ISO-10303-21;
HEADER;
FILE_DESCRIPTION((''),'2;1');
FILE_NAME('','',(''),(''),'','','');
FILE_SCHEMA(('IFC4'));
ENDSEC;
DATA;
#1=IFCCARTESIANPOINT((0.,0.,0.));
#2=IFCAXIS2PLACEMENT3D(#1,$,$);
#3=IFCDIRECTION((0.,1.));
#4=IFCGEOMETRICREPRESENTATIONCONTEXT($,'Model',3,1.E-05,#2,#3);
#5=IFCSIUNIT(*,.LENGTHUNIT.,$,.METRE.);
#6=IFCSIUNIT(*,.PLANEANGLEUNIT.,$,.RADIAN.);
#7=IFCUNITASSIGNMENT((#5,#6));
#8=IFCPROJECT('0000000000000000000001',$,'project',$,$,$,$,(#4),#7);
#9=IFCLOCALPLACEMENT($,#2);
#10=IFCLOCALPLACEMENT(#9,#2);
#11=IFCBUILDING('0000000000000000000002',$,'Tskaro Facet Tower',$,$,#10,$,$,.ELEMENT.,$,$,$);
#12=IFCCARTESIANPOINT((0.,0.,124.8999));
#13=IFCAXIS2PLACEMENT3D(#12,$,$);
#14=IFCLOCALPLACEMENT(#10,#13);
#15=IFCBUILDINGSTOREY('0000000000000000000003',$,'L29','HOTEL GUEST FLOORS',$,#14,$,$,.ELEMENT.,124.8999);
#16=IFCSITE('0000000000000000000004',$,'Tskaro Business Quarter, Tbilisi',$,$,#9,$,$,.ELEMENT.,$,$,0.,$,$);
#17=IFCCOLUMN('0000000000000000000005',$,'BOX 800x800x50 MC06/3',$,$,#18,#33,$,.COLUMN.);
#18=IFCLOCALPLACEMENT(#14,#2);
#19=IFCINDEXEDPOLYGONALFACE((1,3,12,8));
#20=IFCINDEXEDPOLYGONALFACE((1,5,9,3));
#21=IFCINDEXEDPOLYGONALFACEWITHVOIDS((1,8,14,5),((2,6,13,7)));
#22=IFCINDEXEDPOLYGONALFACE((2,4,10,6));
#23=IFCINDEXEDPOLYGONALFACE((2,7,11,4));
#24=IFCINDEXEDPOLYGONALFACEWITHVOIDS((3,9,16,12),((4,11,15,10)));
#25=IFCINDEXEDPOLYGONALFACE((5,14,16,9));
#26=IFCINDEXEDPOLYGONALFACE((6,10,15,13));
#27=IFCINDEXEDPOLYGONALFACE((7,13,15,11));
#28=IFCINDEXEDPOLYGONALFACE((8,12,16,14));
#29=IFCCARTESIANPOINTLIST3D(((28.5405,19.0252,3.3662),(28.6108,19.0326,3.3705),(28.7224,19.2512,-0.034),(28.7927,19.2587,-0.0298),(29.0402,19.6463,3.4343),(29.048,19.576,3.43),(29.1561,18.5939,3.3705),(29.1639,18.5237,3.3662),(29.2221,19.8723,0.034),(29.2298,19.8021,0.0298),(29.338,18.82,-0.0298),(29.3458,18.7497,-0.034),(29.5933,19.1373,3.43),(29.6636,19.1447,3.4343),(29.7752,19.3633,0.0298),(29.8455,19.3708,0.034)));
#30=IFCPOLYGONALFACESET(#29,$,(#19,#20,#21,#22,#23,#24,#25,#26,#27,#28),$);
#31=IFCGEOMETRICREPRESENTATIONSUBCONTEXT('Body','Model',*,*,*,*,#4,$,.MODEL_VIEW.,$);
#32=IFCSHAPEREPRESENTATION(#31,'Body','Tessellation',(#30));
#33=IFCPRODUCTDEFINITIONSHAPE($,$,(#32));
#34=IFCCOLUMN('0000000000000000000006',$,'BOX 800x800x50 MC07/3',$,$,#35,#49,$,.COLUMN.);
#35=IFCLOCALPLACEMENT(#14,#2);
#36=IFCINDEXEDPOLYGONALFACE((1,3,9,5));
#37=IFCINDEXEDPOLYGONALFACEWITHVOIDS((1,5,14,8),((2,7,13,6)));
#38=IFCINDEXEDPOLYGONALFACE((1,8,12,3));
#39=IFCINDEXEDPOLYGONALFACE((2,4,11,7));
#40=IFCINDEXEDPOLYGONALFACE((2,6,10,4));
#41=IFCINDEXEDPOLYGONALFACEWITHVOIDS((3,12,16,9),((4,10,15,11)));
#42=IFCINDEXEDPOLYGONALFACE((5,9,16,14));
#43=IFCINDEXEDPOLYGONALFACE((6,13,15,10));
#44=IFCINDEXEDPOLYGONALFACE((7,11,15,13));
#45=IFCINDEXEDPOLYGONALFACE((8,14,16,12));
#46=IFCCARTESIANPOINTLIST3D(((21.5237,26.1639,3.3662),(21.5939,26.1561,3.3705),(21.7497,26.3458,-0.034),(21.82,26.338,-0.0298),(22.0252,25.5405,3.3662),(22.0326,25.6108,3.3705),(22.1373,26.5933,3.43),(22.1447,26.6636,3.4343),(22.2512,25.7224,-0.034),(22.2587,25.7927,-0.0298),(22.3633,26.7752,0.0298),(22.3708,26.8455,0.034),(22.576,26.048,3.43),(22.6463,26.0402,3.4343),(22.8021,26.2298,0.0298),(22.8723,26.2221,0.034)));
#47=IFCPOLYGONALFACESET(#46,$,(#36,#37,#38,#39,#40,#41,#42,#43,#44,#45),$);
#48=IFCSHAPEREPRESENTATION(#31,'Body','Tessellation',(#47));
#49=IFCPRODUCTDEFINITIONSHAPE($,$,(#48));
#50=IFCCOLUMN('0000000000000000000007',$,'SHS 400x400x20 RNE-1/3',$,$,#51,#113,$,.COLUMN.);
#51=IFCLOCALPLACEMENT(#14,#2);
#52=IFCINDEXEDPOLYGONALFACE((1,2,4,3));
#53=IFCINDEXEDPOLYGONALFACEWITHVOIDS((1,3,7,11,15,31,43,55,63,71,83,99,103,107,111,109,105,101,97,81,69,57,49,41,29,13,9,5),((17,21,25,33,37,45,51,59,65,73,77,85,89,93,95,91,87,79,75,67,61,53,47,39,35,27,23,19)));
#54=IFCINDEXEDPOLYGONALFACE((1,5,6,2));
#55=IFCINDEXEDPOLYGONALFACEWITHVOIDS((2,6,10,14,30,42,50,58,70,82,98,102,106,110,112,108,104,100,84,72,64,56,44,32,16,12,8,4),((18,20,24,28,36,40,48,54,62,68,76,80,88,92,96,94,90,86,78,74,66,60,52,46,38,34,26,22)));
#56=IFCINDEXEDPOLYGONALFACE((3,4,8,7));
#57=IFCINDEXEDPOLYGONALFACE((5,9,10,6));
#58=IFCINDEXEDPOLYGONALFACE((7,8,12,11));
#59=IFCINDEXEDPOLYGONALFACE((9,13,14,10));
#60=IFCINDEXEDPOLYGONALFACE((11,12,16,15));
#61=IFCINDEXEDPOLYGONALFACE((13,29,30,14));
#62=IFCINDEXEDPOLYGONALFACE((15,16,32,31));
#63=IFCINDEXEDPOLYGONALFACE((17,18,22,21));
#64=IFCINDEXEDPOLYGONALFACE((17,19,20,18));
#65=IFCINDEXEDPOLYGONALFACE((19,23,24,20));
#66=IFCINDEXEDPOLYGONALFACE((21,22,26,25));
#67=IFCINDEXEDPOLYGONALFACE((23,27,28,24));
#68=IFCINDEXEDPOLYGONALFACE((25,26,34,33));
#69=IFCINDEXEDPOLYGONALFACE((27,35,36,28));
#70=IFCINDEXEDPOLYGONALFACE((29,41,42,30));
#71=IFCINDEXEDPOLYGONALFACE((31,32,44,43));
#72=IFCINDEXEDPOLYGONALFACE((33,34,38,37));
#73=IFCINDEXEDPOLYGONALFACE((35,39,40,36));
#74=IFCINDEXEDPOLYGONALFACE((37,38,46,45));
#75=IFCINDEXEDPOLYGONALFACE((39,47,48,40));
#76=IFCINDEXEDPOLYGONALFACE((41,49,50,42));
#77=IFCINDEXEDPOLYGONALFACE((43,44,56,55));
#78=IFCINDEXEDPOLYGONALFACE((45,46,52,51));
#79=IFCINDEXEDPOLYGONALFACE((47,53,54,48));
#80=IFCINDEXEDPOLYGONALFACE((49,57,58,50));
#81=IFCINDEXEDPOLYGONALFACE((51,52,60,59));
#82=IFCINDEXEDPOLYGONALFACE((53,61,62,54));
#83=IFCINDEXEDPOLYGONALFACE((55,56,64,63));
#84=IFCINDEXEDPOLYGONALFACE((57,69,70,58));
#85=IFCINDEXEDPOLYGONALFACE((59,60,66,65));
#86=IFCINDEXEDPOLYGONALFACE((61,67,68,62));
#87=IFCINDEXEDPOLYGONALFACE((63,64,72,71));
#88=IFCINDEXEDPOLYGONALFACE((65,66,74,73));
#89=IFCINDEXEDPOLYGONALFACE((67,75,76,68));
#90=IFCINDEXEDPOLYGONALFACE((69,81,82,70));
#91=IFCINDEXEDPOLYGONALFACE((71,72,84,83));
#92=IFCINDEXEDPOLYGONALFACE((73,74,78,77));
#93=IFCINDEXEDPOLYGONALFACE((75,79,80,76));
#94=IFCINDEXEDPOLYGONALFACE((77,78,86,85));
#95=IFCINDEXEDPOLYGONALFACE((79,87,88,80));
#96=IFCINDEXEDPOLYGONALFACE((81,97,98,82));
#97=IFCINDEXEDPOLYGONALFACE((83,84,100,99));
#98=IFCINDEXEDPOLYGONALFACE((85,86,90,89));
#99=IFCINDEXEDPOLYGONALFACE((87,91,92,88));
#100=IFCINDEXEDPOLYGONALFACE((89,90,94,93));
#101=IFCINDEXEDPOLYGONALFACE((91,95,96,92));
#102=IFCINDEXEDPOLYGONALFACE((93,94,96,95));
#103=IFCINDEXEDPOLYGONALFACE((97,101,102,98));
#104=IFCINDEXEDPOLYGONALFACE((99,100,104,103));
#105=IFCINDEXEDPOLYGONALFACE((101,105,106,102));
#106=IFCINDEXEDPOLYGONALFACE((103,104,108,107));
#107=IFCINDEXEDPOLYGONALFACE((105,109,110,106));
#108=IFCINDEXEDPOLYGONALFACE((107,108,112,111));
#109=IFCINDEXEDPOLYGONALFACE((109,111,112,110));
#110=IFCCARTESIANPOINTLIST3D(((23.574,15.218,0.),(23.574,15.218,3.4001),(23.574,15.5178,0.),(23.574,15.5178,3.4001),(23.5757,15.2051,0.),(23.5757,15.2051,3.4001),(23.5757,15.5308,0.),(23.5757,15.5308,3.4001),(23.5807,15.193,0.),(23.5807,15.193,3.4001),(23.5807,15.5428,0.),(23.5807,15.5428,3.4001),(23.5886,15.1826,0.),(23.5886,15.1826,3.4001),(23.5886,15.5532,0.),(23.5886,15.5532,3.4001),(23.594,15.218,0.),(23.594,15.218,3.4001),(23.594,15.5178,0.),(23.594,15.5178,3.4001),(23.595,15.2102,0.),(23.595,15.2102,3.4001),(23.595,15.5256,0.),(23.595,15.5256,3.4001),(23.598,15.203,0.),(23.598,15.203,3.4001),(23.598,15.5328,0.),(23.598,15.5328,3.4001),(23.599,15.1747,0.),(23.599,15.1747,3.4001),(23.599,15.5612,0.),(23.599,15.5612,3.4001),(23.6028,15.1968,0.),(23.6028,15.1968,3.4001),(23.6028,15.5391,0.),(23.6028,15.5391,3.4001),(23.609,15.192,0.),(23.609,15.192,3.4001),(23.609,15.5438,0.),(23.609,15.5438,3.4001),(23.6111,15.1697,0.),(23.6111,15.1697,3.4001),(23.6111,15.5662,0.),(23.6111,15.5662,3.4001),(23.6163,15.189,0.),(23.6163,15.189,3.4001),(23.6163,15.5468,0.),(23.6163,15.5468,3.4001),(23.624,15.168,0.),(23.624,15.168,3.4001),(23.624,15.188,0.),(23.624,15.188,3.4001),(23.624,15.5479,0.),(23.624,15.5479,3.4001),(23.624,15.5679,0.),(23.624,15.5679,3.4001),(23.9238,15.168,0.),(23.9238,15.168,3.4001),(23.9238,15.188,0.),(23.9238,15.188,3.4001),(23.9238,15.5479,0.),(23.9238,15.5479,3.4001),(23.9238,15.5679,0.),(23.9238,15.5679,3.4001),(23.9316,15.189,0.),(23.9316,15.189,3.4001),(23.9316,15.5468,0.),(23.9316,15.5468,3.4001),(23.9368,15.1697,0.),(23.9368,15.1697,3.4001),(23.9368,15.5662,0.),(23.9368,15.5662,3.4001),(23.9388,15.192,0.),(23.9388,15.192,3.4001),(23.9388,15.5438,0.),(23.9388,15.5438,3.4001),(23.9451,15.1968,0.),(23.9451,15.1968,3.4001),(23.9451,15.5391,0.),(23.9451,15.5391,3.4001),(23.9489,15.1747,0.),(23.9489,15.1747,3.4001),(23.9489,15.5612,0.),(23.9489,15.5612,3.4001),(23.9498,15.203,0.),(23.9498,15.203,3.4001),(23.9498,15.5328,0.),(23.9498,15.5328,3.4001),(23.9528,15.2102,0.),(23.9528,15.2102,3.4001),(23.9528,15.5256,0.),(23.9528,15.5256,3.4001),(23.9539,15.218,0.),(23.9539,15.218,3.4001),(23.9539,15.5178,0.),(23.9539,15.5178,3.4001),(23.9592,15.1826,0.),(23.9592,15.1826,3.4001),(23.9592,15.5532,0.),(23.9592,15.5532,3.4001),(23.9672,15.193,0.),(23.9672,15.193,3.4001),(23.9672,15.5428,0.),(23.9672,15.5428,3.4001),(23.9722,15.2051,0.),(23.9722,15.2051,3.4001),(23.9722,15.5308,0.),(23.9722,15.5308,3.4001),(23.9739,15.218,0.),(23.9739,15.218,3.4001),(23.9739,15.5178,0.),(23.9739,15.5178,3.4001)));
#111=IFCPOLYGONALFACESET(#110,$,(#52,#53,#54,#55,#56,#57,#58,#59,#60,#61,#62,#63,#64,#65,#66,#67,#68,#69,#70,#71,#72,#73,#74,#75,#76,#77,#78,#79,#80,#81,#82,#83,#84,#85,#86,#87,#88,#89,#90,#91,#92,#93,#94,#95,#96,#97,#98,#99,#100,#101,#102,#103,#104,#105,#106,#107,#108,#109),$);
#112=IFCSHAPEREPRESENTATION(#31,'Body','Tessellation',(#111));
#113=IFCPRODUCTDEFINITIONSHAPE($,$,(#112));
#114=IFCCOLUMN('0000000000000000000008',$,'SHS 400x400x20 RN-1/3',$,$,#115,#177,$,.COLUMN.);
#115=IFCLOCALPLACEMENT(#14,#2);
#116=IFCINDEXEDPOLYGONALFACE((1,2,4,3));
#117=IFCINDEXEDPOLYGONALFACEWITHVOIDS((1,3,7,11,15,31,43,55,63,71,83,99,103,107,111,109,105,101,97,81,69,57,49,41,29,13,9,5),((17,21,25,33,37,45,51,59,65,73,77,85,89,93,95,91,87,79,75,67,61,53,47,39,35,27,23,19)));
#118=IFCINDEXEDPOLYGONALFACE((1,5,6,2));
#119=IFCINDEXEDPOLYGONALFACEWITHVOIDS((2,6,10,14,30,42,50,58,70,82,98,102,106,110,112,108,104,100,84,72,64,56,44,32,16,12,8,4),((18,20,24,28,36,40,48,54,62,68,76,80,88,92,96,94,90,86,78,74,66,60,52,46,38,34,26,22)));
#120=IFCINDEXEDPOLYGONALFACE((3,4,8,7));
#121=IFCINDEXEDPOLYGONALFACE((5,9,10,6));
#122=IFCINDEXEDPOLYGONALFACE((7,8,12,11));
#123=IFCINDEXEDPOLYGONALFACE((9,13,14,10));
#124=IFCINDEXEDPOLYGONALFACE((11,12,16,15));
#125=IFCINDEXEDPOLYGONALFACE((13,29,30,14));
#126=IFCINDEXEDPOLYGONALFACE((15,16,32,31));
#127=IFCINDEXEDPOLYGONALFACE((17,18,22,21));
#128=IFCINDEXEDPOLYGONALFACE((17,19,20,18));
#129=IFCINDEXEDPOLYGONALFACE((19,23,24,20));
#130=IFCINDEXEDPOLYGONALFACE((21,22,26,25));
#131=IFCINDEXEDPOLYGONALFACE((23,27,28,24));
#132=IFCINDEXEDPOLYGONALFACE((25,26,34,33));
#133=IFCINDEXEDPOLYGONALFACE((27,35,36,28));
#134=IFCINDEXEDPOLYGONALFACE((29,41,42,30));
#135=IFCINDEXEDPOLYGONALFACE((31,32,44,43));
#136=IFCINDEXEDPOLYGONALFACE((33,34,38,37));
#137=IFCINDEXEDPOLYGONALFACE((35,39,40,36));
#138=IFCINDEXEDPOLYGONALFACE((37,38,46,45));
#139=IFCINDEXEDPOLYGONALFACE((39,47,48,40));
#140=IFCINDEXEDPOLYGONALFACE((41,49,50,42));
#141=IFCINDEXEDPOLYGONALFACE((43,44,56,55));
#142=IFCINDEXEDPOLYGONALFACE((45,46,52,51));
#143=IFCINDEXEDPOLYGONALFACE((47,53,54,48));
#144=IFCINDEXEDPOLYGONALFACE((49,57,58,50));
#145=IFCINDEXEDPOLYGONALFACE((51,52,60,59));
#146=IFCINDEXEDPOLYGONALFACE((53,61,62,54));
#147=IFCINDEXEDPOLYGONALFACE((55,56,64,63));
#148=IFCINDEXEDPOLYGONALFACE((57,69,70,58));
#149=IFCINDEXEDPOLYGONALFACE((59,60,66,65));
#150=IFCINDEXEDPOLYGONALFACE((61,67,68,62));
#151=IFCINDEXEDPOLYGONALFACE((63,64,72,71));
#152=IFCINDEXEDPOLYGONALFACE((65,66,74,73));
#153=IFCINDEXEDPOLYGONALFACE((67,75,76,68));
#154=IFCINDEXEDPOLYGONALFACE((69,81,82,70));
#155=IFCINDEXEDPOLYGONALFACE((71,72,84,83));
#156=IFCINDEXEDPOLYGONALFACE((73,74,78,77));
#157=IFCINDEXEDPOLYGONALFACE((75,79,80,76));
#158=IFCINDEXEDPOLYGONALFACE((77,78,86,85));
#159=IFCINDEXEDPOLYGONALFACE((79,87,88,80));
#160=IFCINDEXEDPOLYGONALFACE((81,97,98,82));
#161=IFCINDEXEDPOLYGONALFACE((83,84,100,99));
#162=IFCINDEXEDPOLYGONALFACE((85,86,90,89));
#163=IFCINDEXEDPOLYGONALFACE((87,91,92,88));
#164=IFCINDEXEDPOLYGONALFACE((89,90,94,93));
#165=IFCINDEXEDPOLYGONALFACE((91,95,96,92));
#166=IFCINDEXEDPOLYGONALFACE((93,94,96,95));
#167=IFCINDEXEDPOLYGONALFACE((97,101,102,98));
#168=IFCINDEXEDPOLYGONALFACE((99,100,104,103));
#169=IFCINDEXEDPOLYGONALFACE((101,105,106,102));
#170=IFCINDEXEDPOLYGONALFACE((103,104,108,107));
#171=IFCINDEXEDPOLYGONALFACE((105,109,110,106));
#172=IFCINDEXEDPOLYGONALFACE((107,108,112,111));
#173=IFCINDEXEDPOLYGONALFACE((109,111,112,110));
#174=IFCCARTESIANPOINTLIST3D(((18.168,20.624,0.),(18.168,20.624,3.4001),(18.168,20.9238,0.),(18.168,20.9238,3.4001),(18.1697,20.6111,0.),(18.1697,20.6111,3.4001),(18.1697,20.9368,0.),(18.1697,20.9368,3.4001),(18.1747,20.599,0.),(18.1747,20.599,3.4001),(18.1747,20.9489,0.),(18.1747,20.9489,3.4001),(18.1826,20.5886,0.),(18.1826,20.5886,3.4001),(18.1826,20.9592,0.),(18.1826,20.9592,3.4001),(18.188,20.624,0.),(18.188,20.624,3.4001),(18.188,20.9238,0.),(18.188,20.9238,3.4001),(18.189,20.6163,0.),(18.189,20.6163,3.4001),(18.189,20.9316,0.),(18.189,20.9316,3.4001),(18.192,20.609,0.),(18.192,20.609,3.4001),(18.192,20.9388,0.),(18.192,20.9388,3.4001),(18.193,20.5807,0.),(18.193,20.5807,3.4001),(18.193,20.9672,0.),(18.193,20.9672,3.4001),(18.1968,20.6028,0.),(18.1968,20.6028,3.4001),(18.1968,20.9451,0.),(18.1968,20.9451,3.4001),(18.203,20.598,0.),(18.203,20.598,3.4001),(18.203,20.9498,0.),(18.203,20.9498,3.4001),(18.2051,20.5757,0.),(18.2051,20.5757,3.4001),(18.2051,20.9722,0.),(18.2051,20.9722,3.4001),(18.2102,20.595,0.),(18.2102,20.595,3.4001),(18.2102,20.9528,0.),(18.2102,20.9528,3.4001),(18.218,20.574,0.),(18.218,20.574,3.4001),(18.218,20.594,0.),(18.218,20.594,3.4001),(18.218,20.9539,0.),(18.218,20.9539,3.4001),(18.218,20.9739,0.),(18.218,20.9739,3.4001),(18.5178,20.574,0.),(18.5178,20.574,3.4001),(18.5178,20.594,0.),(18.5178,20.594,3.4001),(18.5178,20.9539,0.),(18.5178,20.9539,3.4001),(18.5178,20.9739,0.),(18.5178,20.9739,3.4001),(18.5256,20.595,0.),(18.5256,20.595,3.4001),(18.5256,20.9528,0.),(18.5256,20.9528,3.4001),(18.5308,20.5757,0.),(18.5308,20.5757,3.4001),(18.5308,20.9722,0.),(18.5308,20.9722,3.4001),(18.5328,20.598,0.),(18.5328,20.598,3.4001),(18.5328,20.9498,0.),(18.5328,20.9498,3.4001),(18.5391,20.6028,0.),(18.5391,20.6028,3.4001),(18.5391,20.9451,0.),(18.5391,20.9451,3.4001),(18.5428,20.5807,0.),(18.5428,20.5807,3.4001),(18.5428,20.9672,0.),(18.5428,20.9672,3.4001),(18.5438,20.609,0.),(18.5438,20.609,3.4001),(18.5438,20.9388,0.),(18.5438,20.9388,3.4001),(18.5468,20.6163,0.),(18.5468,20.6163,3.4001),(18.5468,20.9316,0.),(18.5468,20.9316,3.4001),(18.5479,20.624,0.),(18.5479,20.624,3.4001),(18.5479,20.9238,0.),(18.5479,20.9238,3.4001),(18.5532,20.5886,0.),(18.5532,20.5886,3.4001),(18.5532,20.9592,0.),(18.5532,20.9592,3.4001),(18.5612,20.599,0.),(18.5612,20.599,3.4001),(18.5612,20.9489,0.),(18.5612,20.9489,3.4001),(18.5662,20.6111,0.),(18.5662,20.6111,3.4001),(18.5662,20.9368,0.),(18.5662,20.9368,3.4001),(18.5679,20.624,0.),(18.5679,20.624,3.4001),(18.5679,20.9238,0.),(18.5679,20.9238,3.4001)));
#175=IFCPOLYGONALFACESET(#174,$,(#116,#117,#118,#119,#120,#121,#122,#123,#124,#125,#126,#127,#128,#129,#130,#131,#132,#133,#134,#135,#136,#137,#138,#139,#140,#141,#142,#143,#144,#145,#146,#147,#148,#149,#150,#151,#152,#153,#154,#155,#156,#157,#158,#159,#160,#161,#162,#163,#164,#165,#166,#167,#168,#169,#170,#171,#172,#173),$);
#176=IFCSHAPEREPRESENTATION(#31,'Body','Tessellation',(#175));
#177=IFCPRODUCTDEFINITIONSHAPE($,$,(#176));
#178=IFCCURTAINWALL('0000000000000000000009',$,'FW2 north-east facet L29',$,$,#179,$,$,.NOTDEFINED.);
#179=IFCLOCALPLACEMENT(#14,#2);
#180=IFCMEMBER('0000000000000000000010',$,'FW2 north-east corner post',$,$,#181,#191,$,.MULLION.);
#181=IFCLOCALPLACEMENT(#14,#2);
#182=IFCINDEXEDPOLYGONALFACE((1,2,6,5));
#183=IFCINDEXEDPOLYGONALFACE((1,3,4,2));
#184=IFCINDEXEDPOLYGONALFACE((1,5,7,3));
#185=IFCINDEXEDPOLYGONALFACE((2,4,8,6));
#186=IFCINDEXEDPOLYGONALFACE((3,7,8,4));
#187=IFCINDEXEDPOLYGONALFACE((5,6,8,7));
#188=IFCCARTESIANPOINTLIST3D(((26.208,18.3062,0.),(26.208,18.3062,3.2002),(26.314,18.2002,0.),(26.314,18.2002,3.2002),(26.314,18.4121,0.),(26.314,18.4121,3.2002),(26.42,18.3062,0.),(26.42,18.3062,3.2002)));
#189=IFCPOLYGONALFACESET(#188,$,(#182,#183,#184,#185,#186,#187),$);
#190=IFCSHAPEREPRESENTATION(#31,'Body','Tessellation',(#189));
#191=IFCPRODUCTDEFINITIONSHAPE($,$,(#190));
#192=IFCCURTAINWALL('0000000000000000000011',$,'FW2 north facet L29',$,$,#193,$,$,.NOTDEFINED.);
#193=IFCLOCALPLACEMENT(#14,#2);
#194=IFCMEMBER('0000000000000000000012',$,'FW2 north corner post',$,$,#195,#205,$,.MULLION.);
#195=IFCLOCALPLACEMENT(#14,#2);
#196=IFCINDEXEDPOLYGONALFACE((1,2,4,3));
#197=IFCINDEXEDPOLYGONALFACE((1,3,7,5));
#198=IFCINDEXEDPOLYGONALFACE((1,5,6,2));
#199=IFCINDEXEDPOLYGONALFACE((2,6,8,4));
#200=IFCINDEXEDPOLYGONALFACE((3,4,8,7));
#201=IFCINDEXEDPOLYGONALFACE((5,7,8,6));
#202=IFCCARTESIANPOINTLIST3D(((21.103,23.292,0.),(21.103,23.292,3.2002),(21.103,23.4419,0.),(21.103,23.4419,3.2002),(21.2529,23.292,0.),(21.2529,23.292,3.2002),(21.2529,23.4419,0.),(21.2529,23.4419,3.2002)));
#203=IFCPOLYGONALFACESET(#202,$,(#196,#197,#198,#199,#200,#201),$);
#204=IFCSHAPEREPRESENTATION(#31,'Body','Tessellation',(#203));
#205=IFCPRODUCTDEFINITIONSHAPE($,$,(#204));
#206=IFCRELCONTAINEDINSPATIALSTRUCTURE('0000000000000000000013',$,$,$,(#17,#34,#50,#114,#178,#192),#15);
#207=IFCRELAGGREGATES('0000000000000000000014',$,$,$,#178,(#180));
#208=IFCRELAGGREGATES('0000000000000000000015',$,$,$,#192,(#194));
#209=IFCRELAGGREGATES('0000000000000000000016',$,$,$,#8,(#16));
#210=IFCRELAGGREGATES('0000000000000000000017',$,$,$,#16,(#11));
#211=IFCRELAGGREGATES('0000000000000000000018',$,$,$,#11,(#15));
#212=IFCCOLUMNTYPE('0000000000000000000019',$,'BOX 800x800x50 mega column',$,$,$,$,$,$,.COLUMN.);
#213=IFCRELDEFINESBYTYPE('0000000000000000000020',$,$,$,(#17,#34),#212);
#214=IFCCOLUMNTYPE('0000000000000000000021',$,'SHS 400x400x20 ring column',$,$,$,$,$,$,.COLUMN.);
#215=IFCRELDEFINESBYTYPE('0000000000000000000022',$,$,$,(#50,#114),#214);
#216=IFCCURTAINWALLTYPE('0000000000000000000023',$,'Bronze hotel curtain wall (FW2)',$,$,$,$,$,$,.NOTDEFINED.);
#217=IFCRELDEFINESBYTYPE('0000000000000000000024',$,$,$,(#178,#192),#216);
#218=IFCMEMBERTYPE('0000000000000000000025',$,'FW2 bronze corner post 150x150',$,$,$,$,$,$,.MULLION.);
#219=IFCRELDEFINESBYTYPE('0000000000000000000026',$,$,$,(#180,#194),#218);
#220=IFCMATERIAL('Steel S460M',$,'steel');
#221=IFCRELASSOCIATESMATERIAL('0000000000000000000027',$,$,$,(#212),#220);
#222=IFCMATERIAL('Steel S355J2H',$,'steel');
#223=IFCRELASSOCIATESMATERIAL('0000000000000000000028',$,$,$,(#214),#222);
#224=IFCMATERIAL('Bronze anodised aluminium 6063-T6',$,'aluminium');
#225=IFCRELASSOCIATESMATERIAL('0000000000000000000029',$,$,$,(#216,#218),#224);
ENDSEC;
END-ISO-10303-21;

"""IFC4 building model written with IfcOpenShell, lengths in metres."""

from ifc_helpers import new_model, si_unit, direction, frame, origin, origin_2d, place, context, subcontext, project, spatial, rectangle, hollow_rectangle, extrude, material, material_profile, profile_set, type_object, element, aggregate, save


model = new_model("IFC4")

# Units and contexts
model_context = context("Model", 3, precision=1e-05, world=origin(), true_north=direction((0.0, 1.0)))
body_context = subcontext(model_context, "Body", "Model", "MODEL_VIEW")
ifc_project = project(units=[si_unit("LENGTHUNIT", "METRE"), si_unit("PLANEANGLEUNIT", "RADIAN")], contexts=[model_context])

# Site, building, storey
site_placement = place(None, origin())
site = spatial("IfcSite", under=ifc_project, at=site_placement, Name="Tskaro Business Quarter, Tbilisi", CompositionType="ELEMENT", RefElevation=0.0)
building_placement = place(site_placement, origin())
building = spatial("IfcBuilding", under=site, at=building_placement, Name="Tskaro Facet Tower", CompositionType="ELEMENT")
storey_placement = place(building_placement, frame((0.0, 0.0, 124.8999)))
storey = spatial("IfcBuildingStorey", under=building, at=storey_placement, Name="L29", Description="HOTEL GUEST FLOORS", CompositionType="ELEMENT", Elevation=124.8999)

# Columns
ifc_material_1 = material(Name="Steel S460M", Category="steel")
ifc_material_profile_1 = material_profile(ifc_material_1, hollow_rectangle(XDim=0.8, YDim=0.8, WallThickness=0.05, at=origin_2d()), Name="BOX 800x800x50")
ifc_profile_set_1 = profile_set([ifc_material_profile_1], Name="Steel S460M")
column_type_1 = type_object("IfcColumnType", Name="BOX 800x800x50 mega column", PredefinedType="COLUMN", material=ifc_profile_set_1)
for number, where, z_axis, x_axis, name in (
    (1, (29.2839, 19.311, 0.0), (-0.053299, -0.066249, 0.996379), (0.779142, -0.626847, 0.0), "BOX 800x800x50 MC06/3"),
    (2, (22.311, 26.2839, 0.0), (-0.066249, -0.053299, 0.996379), (0.626847, -0.779142, 0.0), "BOX 800x800x50 MC07/3"),
):
    element("IfcColumn", number, at=place(storey_placement, frame(where, z_axis=z_axis, x_axis=x_axis)), inside=storey, type_object=column_type_1, Name=name, PredefinedType="COLUMN", context=body_context, shape_type="SweptSolid", body=[
        extrude(hollow_rectangle(XDim=0.8, YDim=0.8, WallThickness=0.05, at=origin_2d()), origin(), (0.0, 0.0, 1.0), 3.4126),
    ])
ifc_material_2 = material(Name="Steel S355J2H", Category="steel")
ifc_material_profile_2 = material_profile(ifc_material_2, hollow_rectangle(XDim=0.3999, YDim=0.3999, WallThickness=0.02, InnerFilletRadius=0.03, OuterFilletRadius=0.05, at=origin_2d()), Name="SHS 400x400x20")
ifc_profile_set_2 = profile_set([ifc_material_profile_2], Name="Steel S355J2H")
column_type_2 = type_object("IfcColumnType", Name="SHS 400x400x20 ring column", PredefinedType="COLUMN", material=ifc_profile_set_2)
for number, where, z_axis, x_axis, name in (
    (3, (23.7739, 15.3679, 0.0), (0.0, 0.0, 1.0), (1.0, 0.0, 0.0), "SHS 400x400x20 RNE-1/3"),
    (4, (18.3679, 20.7739, 0.0), (0.0, 0.0, 1.0), (1.0, 0.0, 0.0), "SHS 400x400x20 RN-1/3"),
):
    element("IfcColumn", number, at=place(storey_placement, frame(where, z_axis=z_axis, x_axis=x_axis)), inside=storey, type_object=column_type_2, Name=name, PredefinedType="COLUMN", context=body_context, shape_type="SweptSolid", body=[
        extrude(hollow_rectangle(XDim=0.3999, YDim=0.3999, WallThickness=0.02, InnerFilletRadius=0.03, OuterFilletRadius=0.05, at=origin_2d()), origin(), (0.0, 0.0, 1.0), 3.4001),
    ])

# Curtain walls, members
ifc_material_3 = material(Name="Bronze anodised aluminium 6063-T6", Category="aluminium")
curtain_wall_type = type_object("IfcCurtainWallType", Name="Bronze hotel curtain wall (FW2)", PredefinedType="NOTDEFINED", material=ifc_material_3)
curtain_wall_1_placement = place(storey_placement, origin())
curtain_wall_1 = element("IfcCurtainWall", 5, at=curtain_wall_1_placement, inside=storey, type_object=curtain_wall_type, Name="FW2 north-east facet L29", PredefinedType="NOTDEFINED")
ifc_material_profile_3 = material_profile(ifc_material_3, rectangle(XDim=0.1499, YDim=0.1499, at=origin_2d()), Name="Corner post 150x150")
ifc_profile_set_3 = profile_set([ifc_material_profile_3], Name="Bronze anodised aluminium 6063-T6")
member_type_1 = type_object("IfcMemberType", Name="FW2 bronze corner post 150x150", PredefinedType="MULLION", material=ifc_profile_set_3)
member_1_placement = place(storey_placement, frame((26.314, 18.3062, 0.0), z_axis=(0.0, 0.0, 1.0), x_axis=(-0.707107, 0.707107, 0.0)))
member_1 = element("IfcMember", 6, at=member_1_placement, type_object=member_type_1, Name="FW2 north-east corner post", PredefinedType="MULLION", context=body_context, shape_type="SweptSolid", body=[
    extrude(rectangle(XDim=0.1499, YDim=0.1499, at=origin_2d()), origin(), (0.0, 0.0, 1.0), 3.2002),
])
curtain_wall_2_placement = place(storey_placement, origin())
curtain_wall_2 = element("IfcCurtainWall", 7, at=curtain_wall_2_placement, inside=storey, type_object=curtain_wall_type, Name="FW2 north facet L29", PredefinedType="NOTDEFINED")
member_2_placement = place(storey_placement, frame((21.178, 23.3669, 0.0), z_axis=(0.0, 0.0, 1.0), x_axis=(-1.0, 0.0, 0.0)))
member_2 = element("IfcMember", 8, at=member_2_placement, type_object=member_type_1, Name="FW2 north corner post", PredefinedType="MULLION", context=body_context, shape_type="SweptSolid", body=[
    extrude(rectangle(XDim=0.1499, YDim=0.1499, at=origin_2d()), origin(), (0.0, 0.0, 1.0), 3.2002),
])

aggregate(curtain_wall_1, [member_1])
aggregate(curtain_wall_2, [member_2])

save(model, "model.ifc")
